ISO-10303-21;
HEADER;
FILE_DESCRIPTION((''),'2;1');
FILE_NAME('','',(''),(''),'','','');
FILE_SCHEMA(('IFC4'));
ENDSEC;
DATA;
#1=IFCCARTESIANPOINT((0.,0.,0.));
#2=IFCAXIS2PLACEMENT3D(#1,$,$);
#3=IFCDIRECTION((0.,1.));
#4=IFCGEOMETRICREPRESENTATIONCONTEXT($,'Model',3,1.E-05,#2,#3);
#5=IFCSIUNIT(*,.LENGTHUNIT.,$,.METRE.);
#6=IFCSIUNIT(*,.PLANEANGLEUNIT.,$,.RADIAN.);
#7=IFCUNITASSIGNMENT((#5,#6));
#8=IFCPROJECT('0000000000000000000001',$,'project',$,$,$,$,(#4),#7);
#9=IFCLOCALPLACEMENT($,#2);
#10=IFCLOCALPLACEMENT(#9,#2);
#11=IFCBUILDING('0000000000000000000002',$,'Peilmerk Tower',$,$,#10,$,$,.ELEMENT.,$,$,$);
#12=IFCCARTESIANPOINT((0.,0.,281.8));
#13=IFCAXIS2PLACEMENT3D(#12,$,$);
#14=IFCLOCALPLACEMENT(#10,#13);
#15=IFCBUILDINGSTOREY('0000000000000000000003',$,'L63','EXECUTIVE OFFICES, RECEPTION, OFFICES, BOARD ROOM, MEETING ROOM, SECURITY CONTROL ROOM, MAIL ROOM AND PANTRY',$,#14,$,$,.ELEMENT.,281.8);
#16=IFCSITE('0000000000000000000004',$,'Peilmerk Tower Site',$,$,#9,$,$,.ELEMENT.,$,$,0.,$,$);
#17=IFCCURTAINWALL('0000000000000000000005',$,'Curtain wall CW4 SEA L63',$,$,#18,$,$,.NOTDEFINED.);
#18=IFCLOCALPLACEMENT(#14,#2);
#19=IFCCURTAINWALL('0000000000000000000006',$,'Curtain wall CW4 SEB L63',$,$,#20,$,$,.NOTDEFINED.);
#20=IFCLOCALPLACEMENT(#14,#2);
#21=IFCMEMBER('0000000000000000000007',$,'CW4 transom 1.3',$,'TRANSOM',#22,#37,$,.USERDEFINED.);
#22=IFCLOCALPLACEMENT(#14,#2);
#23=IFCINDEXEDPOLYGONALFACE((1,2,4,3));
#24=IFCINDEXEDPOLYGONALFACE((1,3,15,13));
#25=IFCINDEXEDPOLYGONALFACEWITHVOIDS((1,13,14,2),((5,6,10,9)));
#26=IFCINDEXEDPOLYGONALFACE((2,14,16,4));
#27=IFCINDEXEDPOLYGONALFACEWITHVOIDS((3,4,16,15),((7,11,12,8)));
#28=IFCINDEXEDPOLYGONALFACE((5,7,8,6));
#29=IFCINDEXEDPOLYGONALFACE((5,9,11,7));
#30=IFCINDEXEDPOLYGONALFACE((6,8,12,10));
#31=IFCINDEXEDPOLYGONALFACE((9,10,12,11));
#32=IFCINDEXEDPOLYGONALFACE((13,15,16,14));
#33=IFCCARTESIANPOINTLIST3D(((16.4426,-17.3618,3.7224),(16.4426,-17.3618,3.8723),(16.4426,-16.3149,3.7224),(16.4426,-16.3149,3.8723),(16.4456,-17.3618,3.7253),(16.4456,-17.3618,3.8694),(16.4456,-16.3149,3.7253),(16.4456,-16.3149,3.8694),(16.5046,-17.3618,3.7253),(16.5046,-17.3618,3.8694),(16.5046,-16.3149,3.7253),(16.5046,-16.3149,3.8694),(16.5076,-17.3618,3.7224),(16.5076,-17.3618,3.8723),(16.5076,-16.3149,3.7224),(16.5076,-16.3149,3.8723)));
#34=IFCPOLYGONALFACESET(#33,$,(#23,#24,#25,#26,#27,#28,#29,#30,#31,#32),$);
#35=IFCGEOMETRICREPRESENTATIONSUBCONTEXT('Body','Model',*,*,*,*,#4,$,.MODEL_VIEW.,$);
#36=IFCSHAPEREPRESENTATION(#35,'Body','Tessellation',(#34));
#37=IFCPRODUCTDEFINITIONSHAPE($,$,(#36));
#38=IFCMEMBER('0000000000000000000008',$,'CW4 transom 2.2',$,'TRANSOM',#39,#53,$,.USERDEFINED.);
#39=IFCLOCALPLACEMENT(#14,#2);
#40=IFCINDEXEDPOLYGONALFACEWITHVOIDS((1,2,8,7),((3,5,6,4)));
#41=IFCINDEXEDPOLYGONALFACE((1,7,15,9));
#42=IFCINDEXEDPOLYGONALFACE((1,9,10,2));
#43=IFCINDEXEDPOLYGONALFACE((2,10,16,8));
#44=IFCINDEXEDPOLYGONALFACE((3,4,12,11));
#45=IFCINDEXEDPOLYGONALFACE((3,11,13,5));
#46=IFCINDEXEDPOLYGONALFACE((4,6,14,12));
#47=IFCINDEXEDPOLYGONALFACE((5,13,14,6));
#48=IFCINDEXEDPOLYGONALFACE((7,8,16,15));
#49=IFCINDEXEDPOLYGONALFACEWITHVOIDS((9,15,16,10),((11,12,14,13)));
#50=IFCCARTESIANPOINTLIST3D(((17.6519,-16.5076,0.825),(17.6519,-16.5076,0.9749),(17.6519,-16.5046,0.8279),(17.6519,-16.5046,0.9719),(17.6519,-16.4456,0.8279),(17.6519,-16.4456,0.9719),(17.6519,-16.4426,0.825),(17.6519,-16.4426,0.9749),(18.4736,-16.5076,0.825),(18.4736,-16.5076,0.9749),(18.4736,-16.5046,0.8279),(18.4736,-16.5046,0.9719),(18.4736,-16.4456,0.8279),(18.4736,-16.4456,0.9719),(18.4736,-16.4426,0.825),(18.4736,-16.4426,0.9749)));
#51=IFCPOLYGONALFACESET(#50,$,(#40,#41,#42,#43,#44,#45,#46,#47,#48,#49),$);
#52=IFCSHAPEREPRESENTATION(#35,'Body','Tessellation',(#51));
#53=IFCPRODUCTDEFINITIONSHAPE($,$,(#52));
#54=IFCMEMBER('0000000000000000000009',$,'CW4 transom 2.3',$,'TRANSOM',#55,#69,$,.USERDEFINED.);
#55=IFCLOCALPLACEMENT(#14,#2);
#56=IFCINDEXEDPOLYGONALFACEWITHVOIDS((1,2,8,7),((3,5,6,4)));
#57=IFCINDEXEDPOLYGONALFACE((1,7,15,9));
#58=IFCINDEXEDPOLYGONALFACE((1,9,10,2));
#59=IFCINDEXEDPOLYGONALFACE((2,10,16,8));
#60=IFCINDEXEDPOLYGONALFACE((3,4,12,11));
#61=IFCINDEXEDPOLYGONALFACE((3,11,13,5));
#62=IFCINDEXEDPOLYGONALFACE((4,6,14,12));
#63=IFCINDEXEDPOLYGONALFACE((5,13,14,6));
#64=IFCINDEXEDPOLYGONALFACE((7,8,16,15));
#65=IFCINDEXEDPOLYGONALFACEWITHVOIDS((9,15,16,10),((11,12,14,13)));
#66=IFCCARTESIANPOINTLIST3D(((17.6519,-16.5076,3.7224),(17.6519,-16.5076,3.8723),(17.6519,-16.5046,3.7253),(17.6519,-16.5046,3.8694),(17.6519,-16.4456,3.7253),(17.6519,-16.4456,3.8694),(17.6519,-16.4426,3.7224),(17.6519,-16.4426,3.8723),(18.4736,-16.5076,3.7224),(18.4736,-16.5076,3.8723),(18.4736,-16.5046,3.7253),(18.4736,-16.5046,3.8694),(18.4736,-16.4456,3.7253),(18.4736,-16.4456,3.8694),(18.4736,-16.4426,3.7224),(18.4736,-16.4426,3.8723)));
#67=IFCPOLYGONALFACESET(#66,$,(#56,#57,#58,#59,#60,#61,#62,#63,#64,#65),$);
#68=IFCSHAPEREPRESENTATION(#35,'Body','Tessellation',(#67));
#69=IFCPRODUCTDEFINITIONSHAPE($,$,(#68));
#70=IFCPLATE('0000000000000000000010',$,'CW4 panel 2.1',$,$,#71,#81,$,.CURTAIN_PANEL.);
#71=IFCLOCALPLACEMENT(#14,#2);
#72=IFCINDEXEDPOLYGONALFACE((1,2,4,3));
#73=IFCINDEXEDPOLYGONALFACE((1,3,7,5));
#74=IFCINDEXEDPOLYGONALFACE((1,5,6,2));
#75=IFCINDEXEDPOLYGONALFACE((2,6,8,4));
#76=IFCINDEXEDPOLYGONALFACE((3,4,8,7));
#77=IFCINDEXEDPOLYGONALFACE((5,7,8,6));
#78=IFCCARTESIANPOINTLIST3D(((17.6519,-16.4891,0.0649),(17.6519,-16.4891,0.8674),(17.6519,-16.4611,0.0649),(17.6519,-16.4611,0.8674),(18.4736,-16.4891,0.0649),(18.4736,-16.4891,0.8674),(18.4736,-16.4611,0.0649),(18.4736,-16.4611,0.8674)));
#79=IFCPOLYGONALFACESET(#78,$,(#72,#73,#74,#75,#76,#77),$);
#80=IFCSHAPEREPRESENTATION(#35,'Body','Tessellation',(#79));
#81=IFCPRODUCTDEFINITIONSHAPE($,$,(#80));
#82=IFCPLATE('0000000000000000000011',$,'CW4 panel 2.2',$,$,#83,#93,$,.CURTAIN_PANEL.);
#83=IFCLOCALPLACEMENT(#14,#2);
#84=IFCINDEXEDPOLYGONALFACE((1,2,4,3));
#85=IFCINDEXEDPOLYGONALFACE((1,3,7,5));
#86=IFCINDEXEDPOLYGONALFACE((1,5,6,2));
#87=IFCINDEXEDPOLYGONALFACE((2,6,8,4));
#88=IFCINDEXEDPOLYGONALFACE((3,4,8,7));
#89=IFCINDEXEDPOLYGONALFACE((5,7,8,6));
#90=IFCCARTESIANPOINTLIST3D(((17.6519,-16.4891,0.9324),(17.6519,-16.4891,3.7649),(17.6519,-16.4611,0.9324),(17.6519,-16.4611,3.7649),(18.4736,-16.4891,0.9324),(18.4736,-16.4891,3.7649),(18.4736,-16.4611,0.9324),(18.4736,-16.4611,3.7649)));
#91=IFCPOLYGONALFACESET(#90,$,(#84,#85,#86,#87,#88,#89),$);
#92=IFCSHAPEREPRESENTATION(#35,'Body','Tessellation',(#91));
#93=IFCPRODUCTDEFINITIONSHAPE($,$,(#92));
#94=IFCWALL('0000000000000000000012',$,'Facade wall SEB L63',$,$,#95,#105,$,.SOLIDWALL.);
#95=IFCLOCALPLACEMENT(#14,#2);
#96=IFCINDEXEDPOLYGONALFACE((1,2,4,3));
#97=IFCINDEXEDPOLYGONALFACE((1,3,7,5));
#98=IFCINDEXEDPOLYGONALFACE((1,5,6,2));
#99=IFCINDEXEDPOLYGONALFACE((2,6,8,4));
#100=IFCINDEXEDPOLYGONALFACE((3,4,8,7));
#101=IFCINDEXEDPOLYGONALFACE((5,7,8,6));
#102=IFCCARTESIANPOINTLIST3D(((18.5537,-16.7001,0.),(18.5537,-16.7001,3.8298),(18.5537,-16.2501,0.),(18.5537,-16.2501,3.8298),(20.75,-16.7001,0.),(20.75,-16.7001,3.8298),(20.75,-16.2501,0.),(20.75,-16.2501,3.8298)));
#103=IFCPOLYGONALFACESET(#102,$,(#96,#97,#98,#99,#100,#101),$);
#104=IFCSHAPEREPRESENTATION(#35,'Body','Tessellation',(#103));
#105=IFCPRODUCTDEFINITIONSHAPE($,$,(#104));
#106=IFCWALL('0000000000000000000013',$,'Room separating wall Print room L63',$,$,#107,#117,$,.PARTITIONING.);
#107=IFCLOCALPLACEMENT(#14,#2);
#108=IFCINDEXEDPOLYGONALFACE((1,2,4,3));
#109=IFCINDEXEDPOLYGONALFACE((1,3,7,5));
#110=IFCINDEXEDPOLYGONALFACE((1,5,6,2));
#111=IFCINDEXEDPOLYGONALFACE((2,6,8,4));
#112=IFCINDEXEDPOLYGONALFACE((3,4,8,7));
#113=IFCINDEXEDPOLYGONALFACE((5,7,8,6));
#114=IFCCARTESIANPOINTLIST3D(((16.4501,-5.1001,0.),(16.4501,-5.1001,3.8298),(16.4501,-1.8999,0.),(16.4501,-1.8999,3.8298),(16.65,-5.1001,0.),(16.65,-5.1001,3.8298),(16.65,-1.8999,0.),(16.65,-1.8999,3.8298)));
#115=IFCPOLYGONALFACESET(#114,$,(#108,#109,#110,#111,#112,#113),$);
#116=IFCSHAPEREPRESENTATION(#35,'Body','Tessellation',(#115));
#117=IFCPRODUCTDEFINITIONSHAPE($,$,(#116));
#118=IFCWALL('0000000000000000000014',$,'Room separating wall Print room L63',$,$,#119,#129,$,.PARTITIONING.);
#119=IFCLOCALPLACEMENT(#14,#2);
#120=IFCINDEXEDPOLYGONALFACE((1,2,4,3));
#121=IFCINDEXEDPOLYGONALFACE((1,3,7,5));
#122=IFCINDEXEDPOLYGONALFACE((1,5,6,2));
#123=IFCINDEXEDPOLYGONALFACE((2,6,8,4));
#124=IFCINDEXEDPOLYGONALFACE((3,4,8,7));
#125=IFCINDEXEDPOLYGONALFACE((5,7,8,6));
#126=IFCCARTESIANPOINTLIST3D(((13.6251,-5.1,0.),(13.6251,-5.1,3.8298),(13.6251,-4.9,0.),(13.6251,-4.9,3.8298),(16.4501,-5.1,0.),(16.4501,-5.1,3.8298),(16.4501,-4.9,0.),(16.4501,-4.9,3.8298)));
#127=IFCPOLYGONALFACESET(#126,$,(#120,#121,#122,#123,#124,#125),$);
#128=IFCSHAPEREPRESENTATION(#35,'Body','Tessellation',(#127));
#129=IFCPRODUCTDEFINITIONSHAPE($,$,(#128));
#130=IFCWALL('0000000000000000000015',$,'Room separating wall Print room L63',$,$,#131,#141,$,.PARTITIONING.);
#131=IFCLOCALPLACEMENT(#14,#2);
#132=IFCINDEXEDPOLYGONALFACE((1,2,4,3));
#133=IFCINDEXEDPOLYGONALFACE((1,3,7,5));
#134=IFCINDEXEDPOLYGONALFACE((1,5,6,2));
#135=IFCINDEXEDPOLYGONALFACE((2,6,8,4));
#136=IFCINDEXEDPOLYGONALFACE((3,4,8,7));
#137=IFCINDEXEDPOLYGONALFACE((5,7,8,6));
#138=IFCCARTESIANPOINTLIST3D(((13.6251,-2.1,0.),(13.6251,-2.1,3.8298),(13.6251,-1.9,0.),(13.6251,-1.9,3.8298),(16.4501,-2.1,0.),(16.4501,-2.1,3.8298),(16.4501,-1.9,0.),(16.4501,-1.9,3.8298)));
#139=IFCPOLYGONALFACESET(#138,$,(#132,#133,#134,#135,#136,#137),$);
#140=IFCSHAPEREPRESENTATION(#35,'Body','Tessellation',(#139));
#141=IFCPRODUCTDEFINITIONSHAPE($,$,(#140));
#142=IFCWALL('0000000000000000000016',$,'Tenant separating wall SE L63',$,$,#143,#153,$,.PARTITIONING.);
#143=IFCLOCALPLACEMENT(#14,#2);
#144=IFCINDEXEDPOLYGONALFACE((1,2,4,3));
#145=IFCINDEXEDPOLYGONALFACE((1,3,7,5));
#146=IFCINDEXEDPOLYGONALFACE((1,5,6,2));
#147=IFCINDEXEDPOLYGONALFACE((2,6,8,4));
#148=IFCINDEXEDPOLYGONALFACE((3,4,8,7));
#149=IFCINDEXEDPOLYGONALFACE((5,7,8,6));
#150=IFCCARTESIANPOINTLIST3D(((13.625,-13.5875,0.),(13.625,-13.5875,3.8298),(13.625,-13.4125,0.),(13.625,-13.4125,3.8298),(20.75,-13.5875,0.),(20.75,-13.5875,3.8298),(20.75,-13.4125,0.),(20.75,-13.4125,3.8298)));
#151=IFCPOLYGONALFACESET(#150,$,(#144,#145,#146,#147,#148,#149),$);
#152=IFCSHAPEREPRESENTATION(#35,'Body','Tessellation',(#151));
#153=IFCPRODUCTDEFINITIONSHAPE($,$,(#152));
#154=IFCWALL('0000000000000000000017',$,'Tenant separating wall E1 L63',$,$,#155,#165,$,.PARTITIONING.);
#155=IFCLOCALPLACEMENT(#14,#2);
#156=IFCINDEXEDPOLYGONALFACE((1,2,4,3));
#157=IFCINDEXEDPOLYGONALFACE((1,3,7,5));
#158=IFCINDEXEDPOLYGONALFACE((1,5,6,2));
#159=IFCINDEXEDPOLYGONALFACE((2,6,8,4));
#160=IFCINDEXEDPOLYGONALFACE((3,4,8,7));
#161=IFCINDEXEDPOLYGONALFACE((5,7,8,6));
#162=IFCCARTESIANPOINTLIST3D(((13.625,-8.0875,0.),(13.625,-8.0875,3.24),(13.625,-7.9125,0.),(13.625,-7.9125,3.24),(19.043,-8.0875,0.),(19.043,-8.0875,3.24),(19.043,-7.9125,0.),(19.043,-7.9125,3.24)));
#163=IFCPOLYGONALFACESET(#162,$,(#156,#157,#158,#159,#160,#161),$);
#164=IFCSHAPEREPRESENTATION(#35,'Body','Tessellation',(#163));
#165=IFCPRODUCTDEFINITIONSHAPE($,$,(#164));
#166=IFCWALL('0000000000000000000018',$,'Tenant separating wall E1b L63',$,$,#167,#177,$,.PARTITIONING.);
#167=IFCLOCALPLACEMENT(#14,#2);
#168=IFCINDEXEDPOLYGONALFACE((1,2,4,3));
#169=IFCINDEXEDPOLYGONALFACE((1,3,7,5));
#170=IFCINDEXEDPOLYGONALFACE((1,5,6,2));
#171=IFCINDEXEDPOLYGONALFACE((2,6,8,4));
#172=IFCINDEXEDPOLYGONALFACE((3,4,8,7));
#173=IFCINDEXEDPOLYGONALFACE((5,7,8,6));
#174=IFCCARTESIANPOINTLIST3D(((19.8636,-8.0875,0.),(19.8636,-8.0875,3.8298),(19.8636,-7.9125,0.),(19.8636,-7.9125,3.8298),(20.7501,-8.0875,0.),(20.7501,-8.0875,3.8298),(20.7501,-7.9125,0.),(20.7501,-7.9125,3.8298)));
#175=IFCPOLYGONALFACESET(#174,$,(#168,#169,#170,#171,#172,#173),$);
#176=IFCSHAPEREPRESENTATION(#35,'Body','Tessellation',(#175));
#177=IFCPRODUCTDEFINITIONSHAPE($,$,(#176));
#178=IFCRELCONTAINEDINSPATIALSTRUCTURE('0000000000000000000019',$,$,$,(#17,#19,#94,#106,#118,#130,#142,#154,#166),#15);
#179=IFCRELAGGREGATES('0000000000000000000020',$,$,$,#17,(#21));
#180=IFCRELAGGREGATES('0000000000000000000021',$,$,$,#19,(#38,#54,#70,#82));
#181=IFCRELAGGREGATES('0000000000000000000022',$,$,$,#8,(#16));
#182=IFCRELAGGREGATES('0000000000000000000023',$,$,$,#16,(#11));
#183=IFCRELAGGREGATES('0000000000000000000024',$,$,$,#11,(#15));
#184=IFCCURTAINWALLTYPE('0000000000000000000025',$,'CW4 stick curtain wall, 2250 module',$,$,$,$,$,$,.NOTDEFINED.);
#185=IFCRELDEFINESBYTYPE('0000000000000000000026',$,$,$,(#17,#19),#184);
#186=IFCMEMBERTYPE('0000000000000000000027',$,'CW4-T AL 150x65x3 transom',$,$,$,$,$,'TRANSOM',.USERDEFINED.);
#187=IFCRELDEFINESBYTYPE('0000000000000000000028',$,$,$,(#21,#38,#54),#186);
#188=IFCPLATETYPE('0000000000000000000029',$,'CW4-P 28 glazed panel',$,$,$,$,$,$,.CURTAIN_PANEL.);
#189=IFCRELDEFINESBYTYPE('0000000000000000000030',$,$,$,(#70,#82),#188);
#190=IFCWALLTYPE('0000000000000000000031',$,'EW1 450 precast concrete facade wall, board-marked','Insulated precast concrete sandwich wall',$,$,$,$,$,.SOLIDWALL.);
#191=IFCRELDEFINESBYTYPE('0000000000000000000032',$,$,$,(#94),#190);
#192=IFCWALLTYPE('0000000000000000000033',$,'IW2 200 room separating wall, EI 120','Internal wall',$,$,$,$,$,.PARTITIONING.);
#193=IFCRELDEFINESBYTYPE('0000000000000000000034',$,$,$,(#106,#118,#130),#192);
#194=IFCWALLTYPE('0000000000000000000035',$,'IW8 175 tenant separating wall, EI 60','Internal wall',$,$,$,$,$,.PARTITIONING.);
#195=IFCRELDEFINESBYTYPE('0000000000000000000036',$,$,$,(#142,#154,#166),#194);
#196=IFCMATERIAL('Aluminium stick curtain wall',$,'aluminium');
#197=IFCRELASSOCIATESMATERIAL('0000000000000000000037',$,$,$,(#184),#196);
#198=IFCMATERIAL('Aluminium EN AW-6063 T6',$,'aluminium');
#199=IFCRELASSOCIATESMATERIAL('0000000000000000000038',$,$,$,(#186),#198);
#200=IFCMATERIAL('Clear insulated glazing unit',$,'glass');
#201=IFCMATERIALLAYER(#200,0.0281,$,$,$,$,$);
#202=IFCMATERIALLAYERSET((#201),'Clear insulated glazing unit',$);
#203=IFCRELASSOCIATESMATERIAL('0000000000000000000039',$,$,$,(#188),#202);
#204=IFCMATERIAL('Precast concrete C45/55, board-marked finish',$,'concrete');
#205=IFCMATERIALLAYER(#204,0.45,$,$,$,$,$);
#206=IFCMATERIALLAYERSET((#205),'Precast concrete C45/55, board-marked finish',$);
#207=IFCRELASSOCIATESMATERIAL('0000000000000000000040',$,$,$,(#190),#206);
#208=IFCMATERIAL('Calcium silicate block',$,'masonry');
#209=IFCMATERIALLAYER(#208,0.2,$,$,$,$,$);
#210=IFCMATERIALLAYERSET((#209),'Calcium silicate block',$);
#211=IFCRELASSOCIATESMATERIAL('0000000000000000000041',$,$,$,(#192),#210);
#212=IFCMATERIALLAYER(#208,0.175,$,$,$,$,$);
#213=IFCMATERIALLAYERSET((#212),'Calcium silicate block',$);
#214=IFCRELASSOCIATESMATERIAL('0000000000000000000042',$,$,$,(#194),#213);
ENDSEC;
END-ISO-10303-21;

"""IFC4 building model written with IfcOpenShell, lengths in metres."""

from ifc_helpers import new_model, si_unit, direction, frame, frame_2d, origin, origin_2d, place, context, subcontext, project, spatial, rectangle, hollow_rectangle, extrude, material, layer, layer_set, material_profile, profile_set, type_object, element, aggregate, save


model = new_model("IFC4")

# Units and contexts
model_context = context("Model", 3, precision=1e-05, world=origin(), true_north=direction((0.0, 1.0)))
body_context = subcontext(model_context, "Body", "Model", "MODEL_VIEW")
ifc_project = project(units=[si_unit("LENGTHUNIT", "METRE"), si_unit("PLANEANGLEUNIT", "RADIAN")], contexts=[model_context])

# Site, building, storey
site_placement = place(None, origin())
site = spatial("IfcSite", under=ifc_project, at=site_placement, Name="Peilmerk Tower Site", CompositionType="ELEMENT", RefElevation=0.0)
building_placement = place(site_placement, origin())
building = spatial("IfcBuilding", under=site, at=building_placement, Name="Peilmerk Tower", CompositionType="ELEMENT")
storey_placement = place(building_placement, frame((0.0, 0.0, 281.8)))
storey = spatial("IfcBuildingStorey", under=building, at=storey_placement, Name="L63", Description="EXECUTIVE OFFICES, RECEPTION, OFFICES, BOARD ROOM, MEETING ROOM, SECURITY CONTROL ROOM, MAIL ROOM AND PANTRY", CompositionType="ELEMENT", Elevation=281.8)

# Curtain walls
ifc_material_1 = material(Name="Aluminium stick curtain wall", Category="aluminium")
curtain_wall_type = type_object("IfcCurtainWallType", Name="CW4 stick curtain wall, 2250 module", PredefinedType="NOTDEFINED", material=ifc_material_1)
curtain_wall_1_placement = place(storey_placement, origin())
curtain_wall_1 = element("IfcCurtainWall", 1, at=curtain_wall_1_placement, inside=storey, type_object=curtain_wall_type, Name="Curtain wall CW4 SEA L63", PredefinedType="NOTDEFINED")
ifc_material_2 = material(Name="Aluminium EN AW-6063 T6", Category="aluminium")
curtain_wall_2_placement = place(storey_placement, origin())
curtain_wall_2 = element("IfcCurtainWall", 2, at=curtain_wall_2_placement, inside=storey, type_object=curtain_wall_type, Name="Curtain wall CW4 SEB L63", PredefinedType="NOTDEFINED")

# Members
ifc_material_profile_1 = material_profile(ifc_material_2, hollow_rectangle(XDim=0.0649, YDim=0.1499, WallThickness=0.0029, at=origin_2d()), Name="AL 150x65x3")
ifc_profile_set_1 = profile_set([ifc_material_profile_1], Name="Aluminium EN AW-6063 T6")
member_type_1 = type_object("IfcMemberType", Name="CW4-T AL 150x65x3 transom", ElementType="TRANSOM", PredefinedType="USERDEFINED", material=ifc_profile_set_1)
member_1_placement = place(storey_placement, frame((16.4751, -16.3149, 3.7974), z_axis=(0.0, -1.0, 0.0), x_axis=(1.0, 0.0, 0.0)))
member_1 = element("IfcMember", 3, at=member_1_placement, type_object=member_type_1, Name="CW4 transom 1.3", ObjectType="TRANSOM", PredefinedType="USERDEFINED", context=body_context, shape_type="SweptSolid", body=[
    extrude(hollow_rectangle(XDim=0.0649, YDim=0.1499, WallThickness=0.0029, at=origin_2d()), origin(), (0.0, 0.0, 1.0), 1.0469),
])
aggregate(curtain_wall_1, [member_1])
member_2_placement = place(storey_placement, frame((17.6519, -16.4751, 0.8999), z_axis=(1.0, 0.0, 0.0), x_axis=(0.0, 1.0, 0.0)))
member_2 = element("IfcMember", 4, at=member_2_placement, type_object=member_type_1, Name="CW4 transom 2.2", ObjectType="TRANSOM", PredefinedType="USERDEFINED", context=body_context, shape_type="SweptSolid", body=[
    extrude(hollow_rectangle(XDim=0.0649, YDim=0.1499, WallThickness=0.0029, at=origin_2d()), origin(), (0.0, 0.0, 1.0), 0.8218),
])
member_3_placement = place(storey_placement, frame((17.6519, -16.4751, 3.7974), z_axis=(1.0, 0.0, 0.0), x_axis=(0.0, 1.0, 0.0)))
member_3 = element("IfcMember", 5, at=member_3_placement, type_object=member_type_1, Name="CW4 transom 2.3", ObjectType="TRANSOM", PredefinedType="USERDEFINED", context=body_context, shape_type="SweptSolid", body=[
    extrude(hollow_rectangle(XDim=0.0649, YDim=0.1499, WallThickness=0.0029, at=origin_2d()), origin(), (0.0, 0.0, 1.0), 0.8218),
])

# Plates
ifc_material_3 = material(Name="Clear insulated glazing unit", Category="glass")
ifc_layer_1 = layer(ifc_material_3, 0.0281)
ifc_layer_set_1 = layer_set([ifc_layer_1], Name="Clear insulated glazing unit")
plate_type = type_object("IfcPlateType", Name="CW4-P 28 glazed panel", PredefinedType="CURTAIN_PANEL", material=ifc_layer_set_1)
plate_1_placement = place(storey_placement, frame((18.0627, -16.4751, 0.0649), z_axis=(0.0, 0.0, 1.0), x_axis=(1.0, 0.0, 0.0)))
plate_1 = element("IfcPlate", 6, at=plate_1_placement, type_object=plate_type, Name="CW4 panel 2.1", PredefinedType="CURTAIN_PANEL", context=body_context, shape_type="SweptSolid", body=[
    extrude(rectangle(XDim=0.8218, YDim=0.0281, at=origin_2d()), origin(), (0.0, 0.0, 1.0), 0.8025),
])
plate_2_placement = place(storey_placement, frame((18.0627, -16.4751, 0.9324), z_axis=(0.0, 0.0, 1.0), x_axis=(1.0, 0.0, 0.0)))
plate_2 = element("IfcPlate", 7, at=plate_2_placement, type_object=plate_type, Name="CW4 panel 2.2", PredefinedType="CURTAIN_PANEL", context=body_context, shape_type="SweptSolid", body=[
    extrude(rectangle(XDim=0.8218, YDim=0.0281, at=origin_2d()), origin(), (0.0, 0.0, 1.0), 2.8325),
])
aggregate(curtain_wall_2, [member_2, member_3, plate_1, plate_2])

# Walls
ifc_material_4 = material(Name="Precast concrete C45/55, board-marked finish", Category="concrete")
ifc_layer_2 = layer(ifc_material_4, 0.45)
ifc_layer_set_2 = layer_set([ifc_layer_2], Name="Precast concrete C45/55, board-marked finish")
wall_type_1 = type_object("IfcWallType", Name="EW1 450 precast concrete facade wall, board-marked", Description="Insulated precast concrete sandwich wall", PredefinedType="SOLIDWALL", material=ifc_layer_set_2)
wall_1_placement = place(storey_placement, frame((18.5537, -16.4751, 0.0), z_axis=(0.0, 0.0, 1.0), x_axis=(1.0, 0.0, 0.0)))
element("IfcWall", 8, at=wall_1_placement, inside=storey, type_object=wall_type_1, Name="Facade wall SEB L63", PredefinedType="SOLIDWALL", context=body_context, shape_type="SweptSolid", body=[
    extrude(rectangle(XDim=2.1963, YDim=0.45, at=frame_2d((1.0981, 0.0))), origin(), (0.0, 0.0, 1.0), 3.8298),
])
ifc_material_5 = material(Name="Calcium silicate block", Category="masonry")
ifc_layer_3 = layer(ifc_material_5, 0.2)
ifc_layer_set_3 = layer_set([ifc_layer_3], Name="Calcium silicate block")
wall_type_2 = type_object("IfcWallType", Name="IW2 200 room separating wall, EI 120", Description="Internal wall", PredefinedType="PARTITIONING", material=ifc_layer_set_3)
wall_2_placement = place(storey_placement, frame((16.55, -5.1001, 0.0), z_axis=(0.0, 0.0, 1.0), x_axis=(0.0, 1.0, 0.0)))
element("IfcWall", 9, at=wall_2_placement, inside=storey, type_object=wall_type_2, Name="Room separating wall Print room L63", PredefinedType="PARTITIONING", context=body_context, shape_type="SweptSolid", body=[
    extrude(rectangle(XDim=3.2002, YDim=0.2, at=frame_2d((1.6001, 0.0))), origin(), (0.0, 0.0, 1.0), 3.8298),
])
for number, where, z_axis, x_axis, name in (
    (10, (13.625, -5.0, 0.0), (0.0, 0.0, 1.0), (1.0, 0.0, 0.0), "Room separating wall Print room L63"),
    (11, (13.625, -2.0, 0.0), (0.0, 0.0, 1.0), (1.0, 0.0, 0.0), "Room separating wall Print room L63"),
):
    element("IfcWall", number, at=place(storey_placement, frame(where, z_axis=z_axis, x_axis=x_axis)), inside=storey, type_object=wall_type_2, Name=name, PredefinedType="PARTITIONING", context=body_context, shape_type="SweptSolid", body=[
        extrude(rectangle(XDim=2.825, YDim=0.2, at=frame_2d((1.4126, 0.0))), origin(), (0.0, 0.0, 1.0), 3.8298),
    ])
ifc_layer_4 = layer(ifc_material_5, 0.175)
ifc_layer_set_4 = layer_set([ifc_layer_4], Name="Calcium silicate block")
wall_type_3 = type_object("IfcWallType", Name="IW8 175 tenant separating wall, EI 60", Description="Internal wall", PredefinedType="PARTITIONING", material=ifc_layer_set_4)
wall_3_placement = place(storey_placement, frame((20.75, -13.5, 0.0), z_axis=(0.0, 0.0, 1.0), x_axis=(-1.0, 0.0, 0.0)))
element("IfcWall", 12, at=wall_3_placement, inside=storey, type_object=wall_type_3, Name="Tenant separating wall SE L63", PredefinedType="PARTITIONING", context=body_context, shape_type="SweptSolid", body=[
    extrude(rectangle(XDim=7.125, YDim=0.175, at=frame_2d((3.5625, 0.0))), origin(), (0.0, 0.0, 1.0), 3.8298),
])
wall_4_placement = place(storey_placement, frame((13.625, -8.0, 0.0), z_axis=(0.0, 0.0, 1.0), x_axis=(1.0, 0.0, 0.0)))
element("IfcWall", 13, at=wall_4_placement, inside=storey, type_object=wall_type_3, Name="Tenant separating wall E1 L63", PredefinedType="PARTITIONING", context=body_context, shape_type="SweptSolid", body=[
    extrude(rectangle(XDim=5.418, YDim=0.175, at=frame_2d((2.709, 0.0))), origin(), (0.0, 0.0, 1.0), 3.24),
])
wall_5_placement = place(storey_placement, frame((19.8635, -8.0, 0.0), z_axis=(0.0, 0.0, 1.0), x_axis=(1.0, 0.0, 0.0)))
element("IfcWall", 14, at=wall_5_placement, inside=storey, type_object=wall_type_3, Name="Tenant separating wall E1b L63", PredefinedType="PARTITIONING", context=body_context, shape_type="SweptSolid", body=[
    extrude(rectangle(XDim=0.8865, YDim=0.175, at=frame_2d((0.4434, 0.0))), origin(), (0.0, 0.0, 1.0), 3.8298),
])

save(model, "model.ifc")
